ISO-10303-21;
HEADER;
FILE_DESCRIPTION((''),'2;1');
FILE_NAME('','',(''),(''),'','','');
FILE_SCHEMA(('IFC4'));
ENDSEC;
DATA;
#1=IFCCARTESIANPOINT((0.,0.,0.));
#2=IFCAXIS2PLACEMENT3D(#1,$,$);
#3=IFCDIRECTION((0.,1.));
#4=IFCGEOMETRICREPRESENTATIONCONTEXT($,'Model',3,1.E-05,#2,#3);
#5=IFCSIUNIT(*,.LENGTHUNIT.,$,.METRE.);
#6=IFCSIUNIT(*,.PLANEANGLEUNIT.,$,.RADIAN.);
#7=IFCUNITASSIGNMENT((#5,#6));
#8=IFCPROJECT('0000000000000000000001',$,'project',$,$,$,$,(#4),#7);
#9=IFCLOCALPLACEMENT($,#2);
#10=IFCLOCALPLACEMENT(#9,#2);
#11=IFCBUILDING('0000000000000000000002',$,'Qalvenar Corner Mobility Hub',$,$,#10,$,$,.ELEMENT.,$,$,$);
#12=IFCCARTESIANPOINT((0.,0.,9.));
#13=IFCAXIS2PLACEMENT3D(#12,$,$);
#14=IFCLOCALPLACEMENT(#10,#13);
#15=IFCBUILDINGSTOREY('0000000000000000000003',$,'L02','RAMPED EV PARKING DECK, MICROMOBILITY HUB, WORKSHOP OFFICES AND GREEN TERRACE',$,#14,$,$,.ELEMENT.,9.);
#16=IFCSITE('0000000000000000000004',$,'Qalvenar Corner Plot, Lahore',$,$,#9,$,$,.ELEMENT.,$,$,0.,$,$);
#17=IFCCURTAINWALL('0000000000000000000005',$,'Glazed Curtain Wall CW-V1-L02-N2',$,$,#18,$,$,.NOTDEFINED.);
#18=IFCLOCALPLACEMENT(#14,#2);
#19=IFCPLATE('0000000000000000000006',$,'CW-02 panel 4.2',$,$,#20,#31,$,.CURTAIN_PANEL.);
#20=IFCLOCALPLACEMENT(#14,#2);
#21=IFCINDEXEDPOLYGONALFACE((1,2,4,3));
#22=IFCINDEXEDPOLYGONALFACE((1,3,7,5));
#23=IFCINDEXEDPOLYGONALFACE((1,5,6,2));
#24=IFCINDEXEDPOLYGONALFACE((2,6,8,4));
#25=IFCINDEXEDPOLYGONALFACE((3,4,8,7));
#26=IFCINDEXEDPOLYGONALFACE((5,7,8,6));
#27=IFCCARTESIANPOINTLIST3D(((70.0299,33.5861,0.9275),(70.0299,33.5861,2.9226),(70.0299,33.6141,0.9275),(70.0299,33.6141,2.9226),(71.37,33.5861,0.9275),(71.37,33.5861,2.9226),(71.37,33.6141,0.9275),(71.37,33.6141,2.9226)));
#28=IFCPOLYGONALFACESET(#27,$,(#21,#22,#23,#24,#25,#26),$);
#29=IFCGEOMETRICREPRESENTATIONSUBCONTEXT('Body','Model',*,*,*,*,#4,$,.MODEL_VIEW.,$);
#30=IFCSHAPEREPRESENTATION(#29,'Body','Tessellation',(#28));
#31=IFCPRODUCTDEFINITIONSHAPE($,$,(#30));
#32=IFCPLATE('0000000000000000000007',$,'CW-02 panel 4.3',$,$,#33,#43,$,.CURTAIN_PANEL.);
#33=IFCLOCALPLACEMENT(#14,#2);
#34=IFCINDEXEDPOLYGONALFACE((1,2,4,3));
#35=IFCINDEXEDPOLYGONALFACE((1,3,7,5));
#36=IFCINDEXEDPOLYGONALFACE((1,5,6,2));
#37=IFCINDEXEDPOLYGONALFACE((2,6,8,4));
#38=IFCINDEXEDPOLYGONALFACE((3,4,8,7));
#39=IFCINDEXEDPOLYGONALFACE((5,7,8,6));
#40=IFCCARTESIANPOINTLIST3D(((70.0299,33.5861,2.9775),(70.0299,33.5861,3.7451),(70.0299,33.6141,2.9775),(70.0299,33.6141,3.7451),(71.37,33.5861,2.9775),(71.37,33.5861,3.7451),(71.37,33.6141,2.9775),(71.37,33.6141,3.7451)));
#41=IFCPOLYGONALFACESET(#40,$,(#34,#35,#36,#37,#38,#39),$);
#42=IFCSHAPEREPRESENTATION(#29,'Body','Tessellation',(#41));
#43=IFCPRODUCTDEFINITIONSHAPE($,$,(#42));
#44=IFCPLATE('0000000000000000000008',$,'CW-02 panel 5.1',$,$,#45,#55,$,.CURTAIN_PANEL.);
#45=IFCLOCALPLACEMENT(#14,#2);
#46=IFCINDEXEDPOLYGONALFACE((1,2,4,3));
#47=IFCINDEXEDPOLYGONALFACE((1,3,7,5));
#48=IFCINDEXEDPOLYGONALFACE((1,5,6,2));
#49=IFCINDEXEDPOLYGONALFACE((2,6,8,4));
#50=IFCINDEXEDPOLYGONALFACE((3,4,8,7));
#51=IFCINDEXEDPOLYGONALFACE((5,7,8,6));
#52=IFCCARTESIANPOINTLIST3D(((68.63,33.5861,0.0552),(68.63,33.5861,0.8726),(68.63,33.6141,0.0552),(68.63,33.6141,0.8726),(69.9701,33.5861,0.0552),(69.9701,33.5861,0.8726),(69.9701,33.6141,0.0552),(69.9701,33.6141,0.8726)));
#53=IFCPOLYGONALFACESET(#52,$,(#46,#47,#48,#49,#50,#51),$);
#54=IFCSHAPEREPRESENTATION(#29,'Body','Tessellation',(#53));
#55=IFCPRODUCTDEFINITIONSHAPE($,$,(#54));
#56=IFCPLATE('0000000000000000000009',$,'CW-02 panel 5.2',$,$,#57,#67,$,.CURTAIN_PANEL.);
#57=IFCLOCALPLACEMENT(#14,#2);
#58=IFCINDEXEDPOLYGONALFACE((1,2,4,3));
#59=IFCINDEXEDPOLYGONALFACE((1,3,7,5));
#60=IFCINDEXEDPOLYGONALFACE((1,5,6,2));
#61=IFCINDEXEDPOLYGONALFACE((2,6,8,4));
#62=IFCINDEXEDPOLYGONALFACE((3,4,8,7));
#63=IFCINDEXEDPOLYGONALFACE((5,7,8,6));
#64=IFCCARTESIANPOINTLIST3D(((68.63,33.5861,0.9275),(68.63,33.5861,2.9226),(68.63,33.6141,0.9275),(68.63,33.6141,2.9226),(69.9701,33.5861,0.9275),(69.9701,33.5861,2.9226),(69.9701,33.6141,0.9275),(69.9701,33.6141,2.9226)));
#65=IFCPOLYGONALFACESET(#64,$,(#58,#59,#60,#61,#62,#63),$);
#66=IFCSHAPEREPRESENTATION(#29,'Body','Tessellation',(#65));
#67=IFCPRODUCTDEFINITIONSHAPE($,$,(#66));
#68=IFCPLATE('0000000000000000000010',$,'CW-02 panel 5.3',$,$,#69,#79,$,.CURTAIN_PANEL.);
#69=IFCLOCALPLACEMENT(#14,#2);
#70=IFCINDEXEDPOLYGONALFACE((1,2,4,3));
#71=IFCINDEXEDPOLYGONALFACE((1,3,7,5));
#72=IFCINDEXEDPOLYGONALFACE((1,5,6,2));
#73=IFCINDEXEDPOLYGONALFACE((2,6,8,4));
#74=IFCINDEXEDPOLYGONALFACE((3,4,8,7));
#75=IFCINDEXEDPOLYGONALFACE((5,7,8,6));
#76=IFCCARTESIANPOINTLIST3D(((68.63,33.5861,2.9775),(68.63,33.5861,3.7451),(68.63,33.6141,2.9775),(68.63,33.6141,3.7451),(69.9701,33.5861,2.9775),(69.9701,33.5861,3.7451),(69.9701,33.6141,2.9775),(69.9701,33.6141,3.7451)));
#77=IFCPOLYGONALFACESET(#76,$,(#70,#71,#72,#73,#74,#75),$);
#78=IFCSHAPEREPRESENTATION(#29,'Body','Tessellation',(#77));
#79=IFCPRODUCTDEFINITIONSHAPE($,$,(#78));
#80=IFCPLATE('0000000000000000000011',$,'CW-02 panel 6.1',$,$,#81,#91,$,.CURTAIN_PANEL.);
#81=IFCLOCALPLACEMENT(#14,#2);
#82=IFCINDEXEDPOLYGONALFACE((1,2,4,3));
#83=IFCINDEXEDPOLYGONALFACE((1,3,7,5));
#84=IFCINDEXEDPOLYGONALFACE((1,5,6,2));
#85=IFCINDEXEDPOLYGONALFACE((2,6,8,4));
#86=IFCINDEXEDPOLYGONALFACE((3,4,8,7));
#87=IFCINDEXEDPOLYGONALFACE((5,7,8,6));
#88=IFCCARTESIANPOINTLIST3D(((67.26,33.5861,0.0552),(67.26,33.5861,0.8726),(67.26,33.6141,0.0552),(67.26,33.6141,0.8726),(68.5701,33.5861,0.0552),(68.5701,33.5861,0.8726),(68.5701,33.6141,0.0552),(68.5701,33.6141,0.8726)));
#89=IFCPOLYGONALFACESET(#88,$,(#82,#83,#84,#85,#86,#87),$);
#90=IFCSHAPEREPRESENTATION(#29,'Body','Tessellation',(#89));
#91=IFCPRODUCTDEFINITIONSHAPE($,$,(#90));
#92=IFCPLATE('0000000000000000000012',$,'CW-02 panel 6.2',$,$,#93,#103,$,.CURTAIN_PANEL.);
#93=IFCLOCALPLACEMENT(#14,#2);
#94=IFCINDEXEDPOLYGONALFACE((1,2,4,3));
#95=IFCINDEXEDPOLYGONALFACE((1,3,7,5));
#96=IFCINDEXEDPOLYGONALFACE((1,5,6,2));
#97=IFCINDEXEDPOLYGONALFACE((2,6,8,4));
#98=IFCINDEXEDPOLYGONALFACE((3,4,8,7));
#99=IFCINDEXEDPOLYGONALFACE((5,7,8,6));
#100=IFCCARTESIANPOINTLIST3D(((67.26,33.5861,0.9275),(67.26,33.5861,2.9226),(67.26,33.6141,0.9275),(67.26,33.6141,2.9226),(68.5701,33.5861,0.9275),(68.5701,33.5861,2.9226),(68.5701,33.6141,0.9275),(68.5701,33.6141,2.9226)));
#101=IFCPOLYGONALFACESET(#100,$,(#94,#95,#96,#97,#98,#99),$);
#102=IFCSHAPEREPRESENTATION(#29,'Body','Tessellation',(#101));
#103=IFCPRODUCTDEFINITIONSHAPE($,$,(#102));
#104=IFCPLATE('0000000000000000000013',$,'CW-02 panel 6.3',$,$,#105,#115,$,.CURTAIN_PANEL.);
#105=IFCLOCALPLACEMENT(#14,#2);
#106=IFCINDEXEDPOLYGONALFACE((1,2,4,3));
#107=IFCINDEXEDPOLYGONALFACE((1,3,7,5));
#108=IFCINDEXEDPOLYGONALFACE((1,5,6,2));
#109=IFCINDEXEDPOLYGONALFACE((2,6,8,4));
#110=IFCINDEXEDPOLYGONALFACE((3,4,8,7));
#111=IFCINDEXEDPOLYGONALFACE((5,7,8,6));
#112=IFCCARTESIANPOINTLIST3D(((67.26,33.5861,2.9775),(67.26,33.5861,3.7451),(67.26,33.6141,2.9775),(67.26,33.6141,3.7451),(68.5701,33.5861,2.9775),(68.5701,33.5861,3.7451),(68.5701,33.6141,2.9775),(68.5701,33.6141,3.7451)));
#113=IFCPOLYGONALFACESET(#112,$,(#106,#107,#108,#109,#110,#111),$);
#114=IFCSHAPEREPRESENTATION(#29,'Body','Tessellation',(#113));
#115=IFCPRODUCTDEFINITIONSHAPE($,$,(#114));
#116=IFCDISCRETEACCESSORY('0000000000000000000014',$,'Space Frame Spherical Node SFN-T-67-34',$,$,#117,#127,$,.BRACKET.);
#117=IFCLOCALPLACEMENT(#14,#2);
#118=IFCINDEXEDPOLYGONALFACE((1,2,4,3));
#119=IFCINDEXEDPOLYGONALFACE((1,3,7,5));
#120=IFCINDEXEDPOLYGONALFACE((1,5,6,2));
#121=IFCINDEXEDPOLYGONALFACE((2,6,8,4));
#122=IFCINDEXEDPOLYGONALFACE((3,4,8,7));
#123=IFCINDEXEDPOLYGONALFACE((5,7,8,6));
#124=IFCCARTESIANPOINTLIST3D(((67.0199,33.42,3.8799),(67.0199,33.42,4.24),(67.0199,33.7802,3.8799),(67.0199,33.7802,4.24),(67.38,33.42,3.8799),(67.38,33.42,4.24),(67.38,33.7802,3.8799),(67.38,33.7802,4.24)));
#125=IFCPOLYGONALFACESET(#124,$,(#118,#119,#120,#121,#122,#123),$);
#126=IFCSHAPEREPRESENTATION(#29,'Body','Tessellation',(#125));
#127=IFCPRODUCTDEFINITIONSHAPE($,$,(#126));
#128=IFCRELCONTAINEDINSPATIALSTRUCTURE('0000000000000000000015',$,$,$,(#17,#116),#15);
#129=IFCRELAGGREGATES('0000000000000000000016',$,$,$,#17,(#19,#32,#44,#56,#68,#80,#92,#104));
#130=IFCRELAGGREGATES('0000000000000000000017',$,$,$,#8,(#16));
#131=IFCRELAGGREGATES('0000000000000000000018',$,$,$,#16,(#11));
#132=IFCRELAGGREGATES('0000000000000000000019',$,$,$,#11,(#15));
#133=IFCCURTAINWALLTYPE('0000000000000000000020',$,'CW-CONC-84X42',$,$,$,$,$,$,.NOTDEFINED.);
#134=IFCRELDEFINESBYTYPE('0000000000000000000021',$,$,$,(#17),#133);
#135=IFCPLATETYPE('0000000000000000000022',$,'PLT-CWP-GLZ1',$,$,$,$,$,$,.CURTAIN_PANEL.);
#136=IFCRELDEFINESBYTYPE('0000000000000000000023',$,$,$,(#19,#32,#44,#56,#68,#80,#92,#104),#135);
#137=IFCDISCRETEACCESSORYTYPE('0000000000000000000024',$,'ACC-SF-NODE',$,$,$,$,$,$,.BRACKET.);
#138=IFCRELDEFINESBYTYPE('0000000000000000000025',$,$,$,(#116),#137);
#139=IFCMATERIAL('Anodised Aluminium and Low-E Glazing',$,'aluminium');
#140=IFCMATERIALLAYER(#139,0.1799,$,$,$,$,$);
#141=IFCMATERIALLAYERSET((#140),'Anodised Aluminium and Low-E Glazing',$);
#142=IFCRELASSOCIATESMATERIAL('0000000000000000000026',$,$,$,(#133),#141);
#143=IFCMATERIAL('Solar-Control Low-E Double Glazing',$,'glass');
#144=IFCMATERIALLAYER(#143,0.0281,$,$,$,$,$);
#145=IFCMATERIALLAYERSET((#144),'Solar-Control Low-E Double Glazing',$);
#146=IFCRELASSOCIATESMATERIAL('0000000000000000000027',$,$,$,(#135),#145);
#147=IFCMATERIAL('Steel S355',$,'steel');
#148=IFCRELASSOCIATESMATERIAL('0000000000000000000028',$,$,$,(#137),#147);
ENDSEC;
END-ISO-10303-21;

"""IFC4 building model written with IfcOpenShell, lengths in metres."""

from ifc_helpers import new_model, si_unit, direction, frame, origin, origin_2d, place, context, subcontext, project, spatial, rectangle, extrude, material, layer, layer_set, type_object, element, aggregate, save


model = new_model("IFC4")

# Units and contexts
model_context = context("Model", 3, precision=1e-05, world=origin(), true_north=direction((0.0, 1.0)))
body_context = subcontext(model_context, "Body", "Model", "MODEL_VIEW")
ifc_project = project(units=[si_unit("LENGTHUNIT", "METRE"), si_unit("PLANEANGLEUNIT", "RADIAN")], contexts=[model_context])

# Site, building, storey
site_placement = place(None, origin())
site = spatial("IfcSite", under=ifc_project, at=site_placement, Name="Qalvenar Corner Plot, Lahore", CompositionType="ELEMENT", RefElevation=0.0)
building_placement = place(site_placement, origin())
building = spatial("IfcBuilding", under=site, at=building_placement, Name="Qalvenar Corner Mobility Hub", CompositionType="ELEMENT")
storey_placement = place(building_placement, frame((0.0, 0.0, 9.0)))
storey = spatial("IfcBuildingStorey", under=building, at=storey_placement, Name="L02", Description="RAMPED EV PARKING DECK, MICROMOBILITY HUB, WORKSHOP OFFICES AND GREEN TERRACE", CompositionType="ELEMENT", Elevation=9.0)

# Shared definitions
ifc_material_1 = material(Name="Steel S355", Category="steel")

# Shared definitions
ifc_material_2 = material(Name="Anodised Aluminium and Low-E Glazing", Category="aluminium")
ifc_layer_1 = layer(ifc_material_2, 0.1799)
ifc_layer_set_1 = layer_set([ifc_layer_1], Name="Anodised Aluminium and Low-E Glazing")
curtain_wall_type = type_object("IfcCurtainWallType", Name="CW-CONC-84X42", PredefinedType="NOTDEFINED", material=ifc_layer_set_1)

# Curtain wall
curtain_wall_1_placement = place(storey_placement, origin())
curtain_wall_1 = element("IfcCurtainWall", 1, at=curtain_wall_1_placement, inside=storey, type_object=curtain_wall_type, Name="Glazed Curtain Wall CW-V1-L02-N2", PredefinedType="NOTDEFINED")

# Plates
ifc_material_3 = material(Name="Solar-Control Low-E Double Glazing", Category="glass")
ifc_layer_2 = layer(ifc_material_3, 0.0281)
ifc_layer_set_2 = layer_set([ifc_layer_2], Name="Solar-Control Low-E Double Glazing")
plate_type_1 = type_object("IfcPlateType", Name="PLT-CWP-GLZ1", PredefinedType="CURTAIN_PANEL", material=ifc_layer_set_2)
plate_1_placement = place(storey_placement, frame((70.7, 33.6001, 0.9275), z_axis=(0.0, 0.0, 1.0), x_axis=(-1.0, 0.0, 0.0)))
plate_1 = element("IfcPlate", 2, at=plate_1_placement, type_object=plate_type_1, Name="CW-02 panel 4.2", PredefinedType="CURTAIN_PANEL", context=body_context, shape_type="SweptSolid", body=[
    extrude(rectangle(XDim=1.3401, YDim=0.0281, at=origin_2d()), origin(), (0.0, 0.0, 1.0), 1.9951),
])
plate_2_placement = place(storey_placement, frame((70.7, 33.6001, 2.9775), z_axis=(0.0, 0.0, 1.0), x_axis=(-1.0, 0.0, 0.0)))
plate_2 = element("IfcPlate", 3, at=plate_2_placement, type_object=plate_type_1, Name="CW-02 panel 4.3", PredefinedType="CURTAIN_PANEL", context=body_context, shape_type="SweptSolid", body=[
    extrude(rectangle(XDim=1.3401, YDim=0.0281, at=origin_2d()), origin(), (0.0, 0.0, 1.0), 0.7676),
])
plate_3_placement = place(storey_placement, frame((69.3, 33.6001, 0.0552), z_axis=(0.0, 0.0, 1.0), x_axis=(-1.0, 0.0, 0.0)))
plate_3 = element("IfcPlate", 4, at=plate_3_placement, type_object=plate_type_1, Name="CW-02 panel 5.1", PredefinedType="CURTAIN_PANEL", context=body_context, shape_type="SweptSolid", body=[
    extrude(rectangle(XDim=1.3401, YDim=0.0281, at=origin_2d()), origin(), (0.0, 0.0, 1.0), 0.8174),
])
plate_4_placement = place(storey_placement, frame((69.3, 33.6001, 0.9275), z_axis=(0.0, 0.0, 1.0), x_axis=(-1.0, 0.0, 0.0)))
plate_4 = element("IfcPlate", 5, at=plate_4_placement, type_object=plate_type_1, Name="CW-02 panel 5.2", PredefinedType="CURTAIN_PANEL", context=body_context, shape_type="SweptSolid", body=[
    extrude(rectangle(XDim=1.3401, YDim=0.0281, at=origin_2d()), origin(), (0.0, 0.0, 1.0), 1.9951),
])
plate_5_placement = place(storey_placement, frame((69.3, 33.6001, 2.9775), z_axis=(0.0, 0.0, 1.0), x_axis=(-1.0, 0.0, 0.0)))
plate_5 = element("IfcPlate", 6, at=plate_5_placement, type_object=plate_type_1, Name="CW-02 panel 5.3", PredefinedType="CURTAIN_PANEL", context=body_context, shape_type="SweptSolid", body=[
    extrude(rectangle(XDim=1.3401, YDim=0.0281, at=origin_2d()), origin(), (0.0, 0.0, 1.0), 0.7676),
])
plate_6_placement = place(storey_placement, frame((67.915, 33.6001, 0.0552), z_axis=(0.0, 0.0, 1.0), x_axis=(-1.0, 0.0, 0.0)))
plate_6 = element("IfcPlate", 7, at=plate_6_placement, type_object=plate_type_1, Name="CW-02 panel 6.1", PredefinedType="CURTAIN_PANEL", context=body_context, shape_type="SweptSolid", body=[
    extrude(rectangle(XDim=1.3101, YDim=0.0281, at=origin_2d()), origin(), (0.0, 0.0, 1.0), 0.8174),
])
plate_7_placement = place(storey_placement, frame((67.915, 33.6001, 0.9275), z_axis=(0.0, 0.0, 1.0), x_axis=(-1.0, 0.0, 0.0)))
plate_7 = element("IfcPlate", 8, at=plate_7_placement, type_object=plate_type_1, Name="CW-02 panel 6.2", PredefinedType="CURTAIN_PANEL", context=body_context, shape_type="SweptSolid", body=[
    extrude(rectangle(XDim=1.3101, YDim=0.0281, at=origin_2d()), origin(), (0.0, 0.0, 1.0), 1.9951),
])
plate_8_placement = place(storey_placement, frame((67.915, 33.6001, 2.9775), z_axis=(0.0, 0.0, 1.0), x_axis=(-1.0, 0.0, 0.0)))
plate_8 = element("IfcPlate", 9, at=plate_8_placement, type_object=plate_type_1, Name="CW-02 panel 6.3", PredefinedType="CURTAIN_PANEL", context=body_context, shape_type="SweptSolid", body=[
    extrude(rectangle(XDim=1.3101, YDim=0.0281, at=origin_2d()), origin(), (0.0, 0.0, 1.0), 0.7676),
])
aggregate(curtain_wall_1, [plate_1, plate_2, plate_3, plate_4, plate_5, plate_6, plate_7, plate_8])

# Discrete accessory
discrete_accessory_type = type_object("IfcDiscreteAccessoryType", Name="ACC-SF-NODE", PredefinedType="BRACKET", material=ifc_material_1)
discrete_accessory_placement = place(storey_placement, frame((67.2, 33.6001, 3.8799), z_axis=(0.0, 0.0, 1.0), x_axis=(1.0, 0.0, 0.0)))
element("IfcDiscreteAccessory", 10, at=discrete_accessory_placement, inside=storey, type_object=discrete_accessory_type, Name="Space Frame Spherical Node SFN-T-67-34", PredefinedType="BRACKET", context=body_context, shape_type="SweptSolid", body=[
    extrude(rectangle(XDim=0.3601, YDim=0.3601, at=origin_2d()), origin(), (0.0, 0.0, 1.0), 0.3601),
])

save(model, "model.ifc")
